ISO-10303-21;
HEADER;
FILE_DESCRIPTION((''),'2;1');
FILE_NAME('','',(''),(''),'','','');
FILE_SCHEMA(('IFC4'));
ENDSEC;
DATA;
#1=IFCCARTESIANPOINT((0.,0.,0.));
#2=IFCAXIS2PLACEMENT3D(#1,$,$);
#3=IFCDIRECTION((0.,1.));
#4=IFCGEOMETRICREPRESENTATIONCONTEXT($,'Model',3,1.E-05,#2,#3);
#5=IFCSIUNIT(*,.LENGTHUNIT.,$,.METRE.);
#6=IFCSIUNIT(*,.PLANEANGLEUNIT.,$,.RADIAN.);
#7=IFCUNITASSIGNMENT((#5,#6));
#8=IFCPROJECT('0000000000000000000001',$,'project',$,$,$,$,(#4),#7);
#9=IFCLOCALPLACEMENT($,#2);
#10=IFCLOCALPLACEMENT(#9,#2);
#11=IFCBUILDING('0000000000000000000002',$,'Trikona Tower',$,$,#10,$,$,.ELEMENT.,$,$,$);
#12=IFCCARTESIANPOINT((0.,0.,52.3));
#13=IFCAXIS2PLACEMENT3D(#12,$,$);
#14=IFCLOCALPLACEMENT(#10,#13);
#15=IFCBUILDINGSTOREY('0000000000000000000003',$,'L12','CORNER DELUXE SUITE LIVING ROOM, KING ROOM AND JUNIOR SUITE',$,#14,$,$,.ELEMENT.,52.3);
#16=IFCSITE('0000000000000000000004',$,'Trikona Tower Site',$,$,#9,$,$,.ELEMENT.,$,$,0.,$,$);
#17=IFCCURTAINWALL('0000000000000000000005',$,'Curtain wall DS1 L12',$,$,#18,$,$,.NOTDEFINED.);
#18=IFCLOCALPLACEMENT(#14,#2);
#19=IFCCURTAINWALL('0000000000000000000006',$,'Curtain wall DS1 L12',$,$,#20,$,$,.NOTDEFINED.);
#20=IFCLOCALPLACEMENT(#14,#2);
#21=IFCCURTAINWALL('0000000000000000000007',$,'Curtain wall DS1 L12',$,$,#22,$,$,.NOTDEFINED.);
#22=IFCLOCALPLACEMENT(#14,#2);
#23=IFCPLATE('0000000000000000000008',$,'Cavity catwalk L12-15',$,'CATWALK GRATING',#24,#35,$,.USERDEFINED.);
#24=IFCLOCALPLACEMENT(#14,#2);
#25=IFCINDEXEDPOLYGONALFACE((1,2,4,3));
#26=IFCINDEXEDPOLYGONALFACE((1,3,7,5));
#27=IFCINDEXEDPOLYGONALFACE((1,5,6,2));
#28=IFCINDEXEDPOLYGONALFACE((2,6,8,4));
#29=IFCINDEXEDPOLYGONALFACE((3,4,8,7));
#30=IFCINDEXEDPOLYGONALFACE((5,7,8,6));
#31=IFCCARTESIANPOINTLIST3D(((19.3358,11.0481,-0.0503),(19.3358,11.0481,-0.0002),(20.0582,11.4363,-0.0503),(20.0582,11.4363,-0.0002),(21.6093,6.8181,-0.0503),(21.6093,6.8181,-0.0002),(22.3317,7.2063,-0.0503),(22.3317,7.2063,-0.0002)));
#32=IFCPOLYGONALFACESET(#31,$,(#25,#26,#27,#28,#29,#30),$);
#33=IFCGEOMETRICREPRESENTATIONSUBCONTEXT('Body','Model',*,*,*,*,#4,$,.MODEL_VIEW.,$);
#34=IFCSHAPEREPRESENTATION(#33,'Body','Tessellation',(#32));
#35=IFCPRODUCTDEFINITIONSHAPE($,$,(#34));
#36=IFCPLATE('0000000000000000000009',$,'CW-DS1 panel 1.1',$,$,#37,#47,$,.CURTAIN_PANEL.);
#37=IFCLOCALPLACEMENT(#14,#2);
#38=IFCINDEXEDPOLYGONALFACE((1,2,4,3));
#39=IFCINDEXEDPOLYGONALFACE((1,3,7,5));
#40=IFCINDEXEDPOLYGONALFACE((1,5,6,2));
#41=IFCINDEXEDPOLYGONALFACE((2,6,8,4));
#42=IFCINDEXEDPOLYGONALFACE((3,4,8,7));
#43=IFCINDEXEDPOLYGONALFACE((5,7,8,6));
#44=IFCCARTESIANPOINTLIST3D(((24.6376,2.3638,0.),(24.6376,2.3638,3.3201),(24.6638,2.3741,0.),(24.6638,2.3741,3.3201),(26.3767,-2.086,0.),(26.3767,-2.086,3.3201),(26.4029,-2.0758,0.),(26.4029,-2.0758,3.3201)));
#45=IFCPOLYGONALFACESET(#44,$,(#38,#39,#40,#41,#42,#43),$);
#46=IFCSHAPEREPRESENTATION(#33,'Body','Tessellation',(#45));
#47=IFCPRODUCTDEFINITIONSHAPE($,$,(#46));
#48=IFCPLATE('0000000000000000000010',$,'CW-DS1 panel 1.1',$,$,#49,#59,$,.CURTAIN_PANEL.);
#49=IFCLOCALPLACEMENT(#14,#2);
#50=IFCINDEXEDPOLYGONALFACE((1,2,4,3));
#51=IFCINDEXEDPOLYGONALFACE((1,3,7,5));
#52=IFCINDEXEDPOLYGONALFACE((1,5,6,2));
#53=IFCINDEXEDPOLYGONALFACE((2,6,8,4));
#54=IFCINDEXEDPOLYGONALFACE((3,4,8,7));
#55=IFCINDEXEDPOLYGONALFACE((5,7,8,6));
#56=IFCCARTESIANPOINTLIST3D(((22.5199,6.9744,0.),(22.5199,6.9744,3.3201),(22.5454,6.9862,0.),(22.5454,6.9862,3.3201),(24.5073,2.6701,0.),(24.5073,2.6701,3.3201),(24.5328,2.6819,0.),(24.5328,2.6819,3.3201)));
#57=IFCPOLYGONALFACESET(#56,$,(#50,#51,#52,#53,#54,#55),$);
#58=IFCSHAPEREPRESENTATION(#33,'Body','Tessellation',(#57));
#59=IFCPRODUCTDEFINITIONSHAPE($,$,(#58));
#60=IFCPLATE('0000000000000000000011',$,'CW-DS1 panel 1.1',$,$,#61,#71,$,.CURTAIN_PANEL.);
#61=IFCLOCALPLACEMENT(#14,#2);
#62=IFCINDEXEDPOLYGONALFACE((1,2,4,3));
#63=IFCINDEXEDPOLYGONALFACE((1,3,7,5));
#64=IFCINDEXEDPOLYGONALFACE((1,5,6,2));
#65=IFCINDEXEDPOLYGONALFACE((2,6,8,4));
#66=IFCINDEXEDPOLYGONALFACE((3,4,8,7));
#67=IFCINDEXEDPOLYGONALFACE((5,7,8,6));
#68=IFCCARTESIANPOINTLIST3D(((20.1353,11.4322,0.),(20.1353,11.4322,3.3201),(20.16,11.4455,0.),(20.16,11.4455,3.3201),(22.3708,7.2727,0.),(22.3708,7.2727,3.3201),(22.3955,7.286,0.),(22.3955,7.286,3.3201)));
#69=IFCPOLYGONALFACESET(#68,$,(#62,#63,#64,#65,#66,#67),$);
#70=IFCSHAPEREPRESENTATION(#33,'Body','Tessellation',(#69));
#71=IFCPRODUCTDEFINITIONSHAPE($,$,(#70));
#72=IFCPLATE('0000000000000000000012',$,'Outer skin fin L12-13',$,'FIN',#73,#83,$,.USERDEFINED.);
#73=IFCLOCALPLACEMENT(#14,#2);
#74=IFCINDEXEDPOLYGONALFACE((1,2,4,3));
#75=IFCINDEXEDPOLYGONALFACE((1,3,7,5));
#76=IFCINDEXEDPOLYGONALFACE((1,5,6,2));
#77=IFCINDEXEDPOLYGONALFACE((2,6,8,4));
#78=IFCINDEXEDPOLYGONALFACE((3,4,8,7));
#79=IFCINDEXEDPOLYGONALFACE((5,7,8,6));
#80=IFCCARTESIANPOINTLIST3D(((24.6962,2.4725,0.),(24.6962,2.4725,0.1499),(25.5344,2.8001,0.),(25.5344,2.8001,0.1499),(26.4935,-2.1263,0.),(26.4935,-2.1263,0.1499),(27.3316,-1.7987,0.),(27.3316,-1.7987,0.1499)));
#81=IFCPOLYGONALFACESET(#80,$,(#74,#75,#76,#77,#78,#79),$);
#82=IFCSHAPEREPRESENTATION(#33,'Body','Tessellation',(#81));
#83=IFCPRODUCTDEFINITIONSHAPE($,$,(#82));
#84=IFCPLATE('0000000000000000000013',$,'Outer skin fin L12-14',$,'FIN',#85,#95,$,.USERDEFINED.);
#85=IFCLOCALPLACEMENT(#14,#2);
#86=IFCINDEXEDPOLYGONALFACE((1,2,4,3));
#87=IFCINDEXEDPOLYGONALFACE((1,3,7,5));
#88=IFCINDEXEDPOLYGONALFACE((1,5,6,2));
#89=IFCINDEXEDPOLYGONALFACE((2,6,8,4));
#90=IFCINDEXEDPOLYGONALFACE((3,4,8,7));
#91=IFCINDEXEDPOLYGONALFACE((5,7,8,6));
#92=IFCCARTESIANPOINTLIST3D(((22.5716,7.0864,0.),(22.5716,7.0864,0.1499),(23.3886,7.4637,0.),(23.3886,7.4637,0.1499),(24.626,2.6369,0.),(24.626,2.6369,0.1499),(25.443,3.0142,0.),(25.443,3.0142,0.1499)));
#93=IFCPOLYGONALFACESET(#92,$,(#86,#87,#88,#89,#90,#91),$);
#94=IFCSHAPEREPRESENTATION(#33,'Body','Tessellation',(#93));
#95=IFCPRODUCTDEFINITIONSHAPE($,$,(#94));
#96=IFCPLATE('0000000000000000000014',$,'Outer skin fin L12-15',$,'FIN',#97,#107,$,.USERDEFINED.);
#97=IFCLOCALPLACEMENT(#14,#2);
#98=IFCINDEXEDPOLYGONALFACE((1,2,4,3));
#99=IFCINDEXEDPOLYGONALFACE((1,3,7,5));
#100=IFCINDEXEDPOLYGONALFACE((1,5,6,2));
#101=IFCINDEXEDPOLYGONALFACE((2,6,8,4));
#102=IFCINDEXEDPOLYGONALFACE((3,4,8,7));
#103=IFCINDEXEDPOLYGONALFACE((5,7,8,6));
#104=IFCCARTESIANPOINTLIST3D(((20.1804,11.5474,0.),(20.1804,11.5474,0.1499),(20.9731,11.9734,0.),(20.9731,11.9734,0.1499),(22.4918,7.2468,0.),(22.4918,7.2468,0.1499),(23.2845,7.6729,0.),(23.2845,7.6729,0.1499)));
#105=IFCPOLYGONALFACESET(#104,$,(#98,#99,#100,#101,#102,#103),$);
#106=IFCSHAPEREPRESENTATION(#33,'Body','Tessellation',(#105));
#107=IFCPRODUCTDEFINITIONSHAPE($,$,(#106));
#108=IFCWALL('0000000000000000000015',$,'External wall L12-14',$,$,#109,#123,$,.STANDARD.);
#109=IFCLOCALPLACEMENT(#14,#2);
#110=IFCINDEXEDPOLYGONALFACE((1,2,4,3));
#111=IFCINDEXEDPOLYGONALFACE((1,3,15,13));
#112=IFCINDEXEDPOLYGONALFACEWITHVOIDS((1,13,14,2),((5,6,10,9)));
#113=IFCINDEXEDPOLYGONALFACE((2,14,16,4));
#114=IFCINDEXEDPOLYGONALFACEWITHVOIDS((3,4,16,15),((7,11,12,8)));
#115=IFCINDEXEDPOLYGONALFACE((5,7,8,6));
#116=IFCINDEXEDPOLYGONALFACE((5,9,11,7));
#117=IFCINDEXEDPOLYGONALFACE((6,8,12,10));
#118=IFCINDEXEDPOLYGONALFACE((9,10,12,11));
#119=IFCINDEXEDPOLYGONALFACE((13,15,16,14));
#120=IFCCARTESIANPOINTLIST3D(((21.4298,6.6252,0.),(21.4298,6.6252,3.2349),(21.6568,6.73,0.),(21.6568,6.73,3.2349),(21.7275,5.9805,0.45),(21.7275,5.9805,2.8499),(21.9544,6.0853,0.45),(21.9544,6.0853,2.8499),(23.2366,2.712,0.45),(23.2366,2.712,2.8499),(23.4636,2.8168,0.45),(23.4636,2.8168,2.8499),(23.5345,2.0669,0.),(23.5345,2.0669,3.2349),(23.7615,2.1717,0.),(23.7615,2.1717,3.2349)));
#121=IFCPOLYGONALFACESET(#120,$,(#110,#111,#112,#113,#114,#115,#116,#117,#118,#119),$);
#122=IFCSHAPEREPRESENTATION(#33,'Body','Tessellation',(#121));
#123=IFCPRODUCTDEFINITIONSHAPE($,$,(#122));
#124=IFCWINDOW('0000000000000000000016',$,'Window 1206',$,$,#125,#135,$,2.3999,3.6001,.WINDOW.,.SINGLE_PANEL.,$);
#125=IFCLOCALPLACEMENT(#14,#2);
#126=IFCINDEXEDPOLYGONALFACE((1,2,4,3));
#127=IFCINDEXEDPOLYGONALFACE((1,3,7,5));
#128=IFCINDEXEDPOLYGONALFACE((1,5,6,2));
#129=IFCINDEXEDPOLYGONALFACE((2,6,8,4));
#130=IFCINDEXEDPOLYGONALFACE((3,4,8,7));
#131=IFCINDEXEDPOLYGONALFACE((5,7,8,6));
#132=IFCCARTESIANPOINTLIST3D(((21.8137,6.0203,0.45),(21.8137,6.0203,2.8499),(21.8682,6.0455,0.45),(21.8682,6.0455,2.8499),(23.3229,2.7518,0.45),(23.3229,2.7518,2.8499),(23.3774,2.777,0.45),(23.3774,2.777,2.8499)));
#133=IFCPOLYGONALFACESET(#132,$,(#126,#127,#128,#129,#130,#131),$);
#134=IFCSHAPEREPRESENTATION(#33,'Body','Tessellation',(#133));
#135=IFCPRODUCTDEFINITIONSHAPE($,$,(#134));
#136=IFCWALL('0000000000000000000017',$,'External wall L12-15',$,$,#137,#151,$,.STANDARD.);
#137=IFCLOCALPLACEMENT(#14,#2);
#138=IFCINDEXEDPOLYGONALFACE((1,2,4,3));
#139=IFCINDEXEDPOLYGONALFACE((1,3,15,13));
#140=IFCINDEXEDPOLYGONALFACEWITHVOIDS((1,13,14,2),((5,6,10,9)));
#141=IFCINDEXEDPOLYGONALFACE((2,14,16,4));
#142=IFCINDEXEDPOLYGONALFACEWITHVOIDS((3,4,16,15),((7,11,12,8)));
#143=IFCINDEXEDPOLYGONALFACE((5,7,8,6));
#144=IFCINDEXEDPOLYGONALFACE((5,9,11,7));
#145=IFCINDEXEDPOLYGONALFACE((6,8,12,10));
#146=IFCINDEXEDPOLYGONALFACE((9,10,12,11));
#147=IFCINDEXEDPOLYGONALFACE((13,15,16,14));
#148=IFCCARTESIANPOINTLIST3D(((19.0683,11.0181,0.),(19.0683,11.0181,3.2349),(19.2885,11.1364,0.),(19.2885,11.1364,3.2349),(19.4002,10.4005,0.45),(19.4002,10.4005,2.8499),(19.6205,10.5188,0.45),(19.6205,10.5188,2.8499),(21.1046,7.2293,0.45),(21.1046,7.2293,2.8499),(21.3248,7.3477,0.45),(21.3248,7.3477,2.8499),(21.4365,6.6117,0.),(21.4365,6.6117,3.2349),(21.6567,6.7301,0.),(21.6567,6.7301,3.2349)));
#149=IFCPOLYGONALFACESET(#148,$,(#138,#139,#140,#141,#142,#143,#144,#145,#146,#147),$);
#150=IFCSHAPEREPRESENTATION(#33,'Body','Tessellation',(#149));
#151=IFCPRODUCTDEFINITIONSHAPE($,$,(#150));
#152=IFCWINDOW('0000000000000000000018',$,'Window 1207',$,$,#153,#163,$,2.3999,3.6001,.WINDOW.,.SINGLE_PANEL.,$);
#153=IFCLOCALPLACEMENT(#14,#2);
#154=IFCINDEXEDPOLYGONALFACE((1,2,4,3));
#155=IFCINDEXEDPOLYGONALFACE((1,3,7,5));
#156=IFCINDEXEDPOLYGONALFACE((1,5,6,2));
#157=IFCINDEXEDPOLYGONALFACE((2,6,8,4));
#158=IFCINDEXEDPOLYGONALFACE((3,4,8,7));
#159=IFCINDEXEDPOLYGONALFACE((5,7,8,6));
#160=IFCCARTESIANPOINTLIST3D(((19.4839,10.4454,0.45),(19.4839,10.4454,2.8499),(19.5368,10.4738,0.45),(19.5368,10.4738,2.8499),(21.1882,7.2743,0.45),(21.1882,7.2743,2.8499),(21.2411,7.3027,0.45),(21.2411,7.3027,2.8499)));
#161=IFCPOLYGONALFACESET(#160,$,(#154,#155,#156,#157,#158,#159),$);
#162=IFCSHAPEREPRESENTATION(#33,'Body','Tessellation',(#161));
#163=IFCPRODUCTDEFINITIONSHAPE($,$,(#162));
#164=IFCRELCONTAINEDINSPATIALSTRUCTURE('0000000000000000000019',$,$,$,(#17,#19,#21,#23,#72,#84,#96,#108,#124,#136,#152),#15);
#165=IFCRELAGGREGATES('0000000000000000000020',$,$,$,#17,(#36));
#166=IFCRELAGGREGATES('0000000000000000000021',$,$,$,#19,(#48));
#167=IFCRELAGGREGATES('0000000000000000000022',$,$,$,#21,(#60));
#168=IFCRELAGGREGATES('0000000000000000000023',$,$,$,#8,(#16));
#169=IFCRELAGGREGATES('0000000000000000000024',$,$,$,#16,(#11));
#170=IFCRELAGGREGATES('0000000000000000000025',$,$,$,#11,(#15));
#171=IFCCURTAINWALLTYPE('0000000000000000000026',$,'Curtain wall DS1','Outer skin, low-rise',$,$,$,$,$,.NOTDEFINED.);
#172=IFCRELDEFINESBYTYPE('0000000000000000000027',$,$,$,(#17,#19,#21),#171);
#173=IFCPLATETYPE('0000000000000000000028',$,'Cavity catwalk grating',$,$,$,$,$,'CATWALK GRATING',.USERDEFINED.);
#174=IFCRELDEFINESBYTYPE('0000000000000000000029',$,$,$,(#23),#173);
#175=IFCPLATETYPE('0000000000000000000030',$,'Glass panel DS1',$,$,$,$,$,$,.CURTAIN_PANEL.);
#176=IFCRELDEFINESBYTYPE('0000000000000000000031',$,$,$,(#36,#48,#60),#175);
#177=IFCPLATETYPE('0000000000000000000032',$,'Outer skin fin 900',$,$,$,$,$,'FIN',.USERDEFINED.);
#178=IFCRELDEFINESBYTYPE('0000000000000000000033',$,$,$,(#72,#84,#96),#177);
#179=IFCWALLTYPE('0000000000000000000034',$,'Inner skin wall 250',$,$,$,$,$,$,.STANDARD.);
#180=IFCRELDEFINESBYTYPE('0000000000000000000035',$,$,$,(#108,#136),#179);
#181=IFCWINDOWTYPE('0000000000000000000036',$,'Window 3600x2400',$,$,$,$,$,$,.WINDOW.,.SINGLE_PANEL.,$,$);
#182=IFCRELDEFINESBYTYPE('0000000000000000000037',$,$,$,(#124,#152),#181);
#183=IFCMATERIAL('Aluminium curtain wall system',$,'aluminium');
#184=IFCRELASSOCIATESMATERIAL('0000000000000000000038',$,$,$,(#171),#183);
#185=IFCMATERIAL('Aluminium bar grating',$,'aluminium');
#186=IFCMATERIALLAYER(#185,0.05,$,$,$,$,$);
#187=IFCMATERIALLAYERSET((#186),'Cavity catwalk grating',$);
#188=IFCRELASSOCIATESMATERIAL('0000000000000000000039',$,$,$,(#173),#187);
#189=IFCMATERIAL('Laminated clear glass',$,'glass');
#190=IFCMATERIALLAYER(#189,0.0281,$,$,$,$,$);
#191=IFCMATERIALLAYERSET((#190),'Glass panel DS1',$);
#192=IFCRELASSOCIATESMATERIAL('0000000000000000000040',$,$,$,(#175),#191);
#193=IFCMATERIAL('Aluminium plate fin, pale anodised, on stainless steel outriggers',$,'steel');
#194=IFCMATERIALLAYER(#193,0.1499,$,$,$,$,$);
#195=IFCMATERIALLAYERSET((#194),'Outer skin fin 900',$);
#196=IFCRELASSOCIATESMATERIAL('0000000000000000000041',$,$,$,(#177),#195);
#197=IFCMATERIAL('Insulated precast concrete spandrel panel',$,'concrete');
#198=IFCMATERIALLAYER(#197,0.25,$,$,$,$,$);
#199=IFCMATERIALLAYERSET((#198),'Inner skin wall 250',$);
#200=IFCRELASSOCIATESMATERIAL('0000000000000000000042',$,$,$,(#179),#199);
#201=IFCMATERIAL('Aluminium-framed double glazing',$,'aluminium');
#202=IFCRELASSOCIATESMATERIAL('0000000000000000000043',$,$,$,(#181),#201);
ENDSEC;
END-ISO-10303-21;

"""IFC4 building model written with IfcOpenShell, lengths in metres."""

from ifc_helpers import new_model, si_unit, direction, frame, frame_2d, origin, origin_2d, place, context, subcontext, project, spatial, rectangle, extrude, material, layer, layer_set, type_object, element, fill, aggregate, save


model = new_model("IFC4")

# Units and contexts
model_context = context("Model", 3, precision=1e-05, world=origin(), true_north=direction((0.0, 1.0)))
body_context = subcontext(model_context, "Body", "Model", "MODEL_VIEW")
ifc_project = project(units=[si_unit("LENGTHUNIT", "METRE"), si_unit("PLANEANGLEUNIT", "RADIAN")], contexts=[model_context])

# Site, building, storey
site_placement = place(None, origin())
site = spatial("IfcSite", under=ifc_project, at=site_placement, Name="Trikona Tower Site", CompositionType="ELEMENT", RefElevation=0.0)
building_placement = place(site_placement, origin())
building = spatial("IfcBuilding", under=site, at=building_placement, Name="Trikona Tower", CompositionType="ELEMENT")
storey_placement = place(building_placement, frame((0.0, 0.0, 52.3)))
storey = spatial("IfcBuildingStorey", under=building, at=storey_placement, Name="L12", Description="CORNER DELUXE SUITE LIVING ROOM, KING ROOM AND JUNIOR SUITE", CompositionType="ELEMENT", Elevation=52.3)

# Curtain wall
ifc_material_1 = material(Name="Aluminium curtain wall system", Category="aluminium")
curtain_wall_type = type_object("IfcCurtainWallType", Name="Curtain wall DS1", Description="Outer skin, low-rise", PredefinedType="NOTDEFINED", material=ifc_material_1)
curtain_wall_1_placement = place(storey_placement, origin())
curtain_wall_1 = element("IfcCurtainWall", 1, at=curtain_wall_1_placement, inside=storey, type_object=curtain_wall_type, Name="Curtain wall DS1 L12", PredefinedType="NOTDEFINED")

# Curtain walls
curtain_wall_2_placement = place(storey_placement, origin())
curtain_wall_2 = element("IfcCurtainWall", 2, at=curtain_wall_2_placement, inside=storey, type_object=curtain_wall_type, Name="Curtain wall DS1 L12", PredefinedType="NOTDEFINED")
curtain_wall_3_placement = place(storey_placement, origin())
curtain_wall_3 = element("IfcCurtainWall", 3, at=curtain_wall_3_placement, inside=storey, type_object=curtain_wall_type, Name="Curtain wall DS1 L12", PredefinedType="NOTDEFINED")

# Plate
ifc_material_2 = material(Name="Aluminium bar grating", Category="aluminium")
ifc_layer_1 = layer(ifc_material_2, 0.05)
ifc_layer_set_1 = layer_set([ifc_layer_1], Name="Cavity catwalk grating")
plate_type_1 = type_object("IfcPlateType", Name="Cavity catwalk grating", ElementType="CATWALK GRATING", PredefinedType="USERDEFINED", material=ifc_layer_set_1)
plate_1_placement = place(storey_placement, frame((20.8337, 9.1272, -0.0503), z_axis=(0.0, 0.0, 1.0), x_axis=(-0.473423, 0.880835, 0.0)))
element("IfcPlate", 4, at=plate_1_placement, inside=storey, type_object=plate_type_1, Name="Cavity catwalk L12-15", ObjectType="CATWALK GRATING", PredefinedType="USERDEFINED", context=body_context, shape_type="SweptSolid", body=[
    extrude(rectangle(XDim=4.8022, YDim=0.8201, at=origin_2d()), origin(), (0.0, 0.0, 1.0), 0.05),
])

# Plates
ifc_material_3 = material(Name="Laminated clear glass", Category="glass")
ifc_layer_2 = layer(ifc_material_3, 0.0281)
ifc_layer_set_2 = layer_set([ifc_layer_2], Name="Glass panel DS1")
plate_type_2 = type_object("IfcPlateType", Name="Glass panel DS1", PredefinedType="CURTAIN_PANEL", material=ifc_layer_set_2)
plate_2_placement = place(storey_placement, frame((25.5203, 0.144, 0.0), z_axis=(0.0, 0.0, 1.0), x_axis=(-0.364008, 0.931396, 0.0)))
plate_2 = element("IfcPlate", 5, at=plate_2_placement, type_object=plate_type_2, Name="CW-DS1 panel 1.1", PredefinedType="CURTAIN_PANEL", context=body_context, shape_type="SweptSolid", body=[
    extrude(rectangle(XDim=4.7776, YDim=0.0281, at=origin_2d()), origin(), (0.0, 0.0, 1.0), 3.3201),
])
aggregate(curtain_wall_1, [plate_2])
plate_3_placement = place(storey_placement, frame((23.5264, 4.8281, 0.0), z_axis=(0.0, 0.0, 1.0), x_axis=(-0.41919, 0.907898, 0.0)))
plate_3 = element("IfcPlate", 6, at=plate_3_placement, type_object=plate_type_2, Name="CW-DS1 panel 1.1", PredefinedType="CURTAIN_PANEL", context=body_context, shape_type="SweptSolid", body=[
    extrude(rectangle(XDim=4.741, YDim=0.0281, at=origin_2d()), origin(), (0.0, 0.0, 1.0), 3.3201),
])
aggregate(curtain_wall_2, [plate_3])
plate_4_placement = place(storey_placement, frame((21.2654, 9.3591, 0.0), z_axis=(0.0, 0.0, 1.0), x_axis=(-0.473408, 0.880843, 0.0)))
plate_4 = element("IfcPlate", 7, at=plate_4_placement, type_object=plate_type_2, Name="CW-DS1 panel 1.1", PredefinedType="CURTAIN_PANEL", context=body_context, shape_type="SweptSolid", body=[
    extrude(rectangle(XDim=4.7222, YDim=0.0281, at=origin_2d()), origin(), (0.0, 0.0, 1.0), 3.3201),
])
aggregate(curtain_wall_3, [plate_4])

# Plates
ifc_material_4 = material(Name="Aluminium plate fin, pale anodised, on stainless steel outriggers", Category="steel")
ifc_layer_3 = layer(ifc_material_4, 0.1499)
ifc_layer_set_3 = layer_set([ifc_layer_3], Name="Outer skin fin 900")
plate_type_3 = type_object("IfcPlateType", Name="Outer skin fin 900", ElementType="FIN", PredefinedType="USERDEFINED", material=ifc_layer_set_3)
plate_5_placement = place(storey_placement, frame((26.0139, 0.3369, 0.0), z_axis=(0.0, 0.0, 1.0), x_axis=(-0.364009, 0.931395, 0.0)))
element("IfcPlate", 8, at=plate_5_placement, inside=storey, type_object=plate_type_3, Name="Outer skin fin L12-13", ObjectType="FIN", PredefinedType="USERDEFINED", context=body_context, shape_type="SweptSolid", body=[
    extrude(rectangle(XDim=4.9375, YDim=0.8999, at=origin_2d()), origin(), (0.0, 0.0, 1.0), 0.1499),
])
plate_6_placement = place(storey_placement, frame((24.0073, 5.0503, 0.0), z_axis=(0.0, 0.0, 1.0), x_axis=(-0.419194, 0.907897, 0.0)))
element("IfcPlate", 9, at=plate_6_placement, inside=storey, type_object=plate_type_3, Name="Outer skin fin L12-14", ObjectType="FIN", PredefinedType="USERDEFINED", context=body_context, shape_type="SweptSolid", body=[
    extrude(rectangle(XDim=4.9009, YDim=0.8999, at=origin_2d()), origin(), (0.0, 0.0, 1.0), 0.1499),
])
plate_7_placement = place(storey_placement, frame((21.7324, 9.6101, 0.0), z_axis=(0.0, 0.0, 1.0), x_axis=(-0.473423, 0.880835, 0.0)))
element("IfcPlate", 10, at=plate_7_placement, inside=storey, type_object=plate_type_3, Name="Outer skin fin L12-15", ObjectType="FIN", PredefinedType="USERDEFINED", context=body_context, shape_type="SweptSolid", body=[
    extrude(rectangle(XDim=4.8823, YDim=0.8999, at=origin_2d()), origin(), (0.0, 0.0, 1.0), 0.1499),
])

# Walls, openings, windows
ifc_material_5 = material(Name="Insulated precast concrete spandrel panel", Category="concrete")
ifc_layer_4 = layer(ifc_material_5, 0.25)
ifc_layer_set_4 = layer_set([ifc_layer_4], Name="Inner skin wall 250")
wall_type = type_object("IfcWallType", Name="Inner skin wall 250", PredefinedType="STANDARD", material=ifc_layer_set_4)
wall_1_placement = place(storey_placement, frame((23.6479, 2.1194, 0.0), z_axis=(0.0, 0.0, 1.0), x_axis=(-0.419203, 0.907892, 0.0)))
wall_1 = element("IfcWall", 11, at=wall_1_placement, inside=storey, type_object=wall_type, Name="External wall L12-14", PredefinedType="STANDARD", context=body_context, shape_type="SweptSolid", body=[
    extrude(rectangle(XDim=5.0208, YDim=0.25, at=frame_2d((2.5103, 0.0))), origin(), (0.0, 0.0, 1.0), 3.2349),
])
opening_1_placement = place(wall_1_placement, frame((0.7104, 0.0, 0.45)))
opening_1 = element("IfcOpeningElement", 12, at=opening_1_placement, cuts=wall_1, PredefinedType="OPENING", context=body_context, shape_type="SweptSolid", body=[
    extrude(rectangle(XDim=3.6001, YDim=2.3999, at=frame_2d((1.8, 1.2))), frame((0.0, 0.135, 0.0), z_axis=(0.0, -1.0, 0.0), x_axis=(1.0, 0.0, 0.0)), (0.0, 0.0, 1.0), 0.27),
])
ifc_material_6 = material(Name="Aluminium-framed double glazing", Category="aluminium")
window_type = type_object("IfcWindowType", Name="Window 3600x2400", PartitioningType="SINGLE_PANEL", PredefinedType="WINDOW", material=ifc_material_6)
window_1_placement = place(opening_1_placement, origin())
window_1 = element("IfcWindow", 13, at=window_1_placement, inside=storey, type_object=window_type, Name="Window 1206", OverallHeight=2.3999, OverallWidth=3.6001, PartitioningType="SINGLE_PANEL", PredefinedType="WINDOW", context=body_context, shape_type="SweptSolid", body=[
    extrude(rectangle(XDim=3.6001, YDim=2.3999, at=frame_2d((1.8, 1.2))), frame((0.0, 0.03, 0.0), z_axis=(0.0, -1.0, 0.0), x_axis=(1.0, 0.0, 0.0)), (0.0, 0.0, 1.0), 0.0601),
])
fill(opening_1, window_1)
wall_2_placement = place(storey_placement, frame((21.5466, 6.6709, 0.0), z_axis=(0.0, 0.0, 1.0), x_axis=(-0.473413, 0.880841, 0.0)))
wall_2 = element("IfcWall", 14, at=wall_2_placement, inside=storey, type_object=wall_type, Name="External wall L12-15", PredefinedType="STANDARD", context=body_context, shape_type="SweptSolid", body=[
    extrude(rectangle(XDim=5.0024, YDim=0.25, at=frame_2d((2.5012, 0.0))), origin(), (0.0, 0.0, 1.0), 3.2349),
])
opening_2_placement = place(wall_2_placement, frame((0.7012, 0.0, 0.45)))
opening_2 = element("IfcOpeningElement", 15, at=opening_2_placement, cuts=wall_2, PredefinedType="OPENING", context=body_context, shape_type="SweptSolid", body=[
    extrude(rectangle(XDim=3.6001, YDim=2.3999, at=frame_2d((1.8, 1.2))), frame((0.0, 0.135, 0.0), z_axis=(0.0, -1.0, 0.0), x_axis=(1.0, 0.0, 0.0)), (0.0, 0.0, 1.0), 0.27),
])
window_2_placement = place(opening_2_placement, origin())
window_2 = element("IfcWindow", 16, at=window_2_placement, inside=storey, type_object=window_type, Name="Window 1207", OverallHeight=2.3999, OverallWidth=3.6001, PartitioningType="SINGLE_PANEL", PredefinedType="WINDOW", context=body_context, shape_type="SweptSolid", body=[
    extrude(rectangle(XDim=3.6001, YDim=2.3999, at=frame_2d((1.8, 1.2))), frame((0.0, 0.03, 0.0), z_axis=(0.0, -1.0, 0.0), x_axis=(1.0, 0.0, 0.0)), (0.0, 0.0, 1.0), 0.0601),
])
fill(opening_2, window_2)

save(model, "model.ifc")
